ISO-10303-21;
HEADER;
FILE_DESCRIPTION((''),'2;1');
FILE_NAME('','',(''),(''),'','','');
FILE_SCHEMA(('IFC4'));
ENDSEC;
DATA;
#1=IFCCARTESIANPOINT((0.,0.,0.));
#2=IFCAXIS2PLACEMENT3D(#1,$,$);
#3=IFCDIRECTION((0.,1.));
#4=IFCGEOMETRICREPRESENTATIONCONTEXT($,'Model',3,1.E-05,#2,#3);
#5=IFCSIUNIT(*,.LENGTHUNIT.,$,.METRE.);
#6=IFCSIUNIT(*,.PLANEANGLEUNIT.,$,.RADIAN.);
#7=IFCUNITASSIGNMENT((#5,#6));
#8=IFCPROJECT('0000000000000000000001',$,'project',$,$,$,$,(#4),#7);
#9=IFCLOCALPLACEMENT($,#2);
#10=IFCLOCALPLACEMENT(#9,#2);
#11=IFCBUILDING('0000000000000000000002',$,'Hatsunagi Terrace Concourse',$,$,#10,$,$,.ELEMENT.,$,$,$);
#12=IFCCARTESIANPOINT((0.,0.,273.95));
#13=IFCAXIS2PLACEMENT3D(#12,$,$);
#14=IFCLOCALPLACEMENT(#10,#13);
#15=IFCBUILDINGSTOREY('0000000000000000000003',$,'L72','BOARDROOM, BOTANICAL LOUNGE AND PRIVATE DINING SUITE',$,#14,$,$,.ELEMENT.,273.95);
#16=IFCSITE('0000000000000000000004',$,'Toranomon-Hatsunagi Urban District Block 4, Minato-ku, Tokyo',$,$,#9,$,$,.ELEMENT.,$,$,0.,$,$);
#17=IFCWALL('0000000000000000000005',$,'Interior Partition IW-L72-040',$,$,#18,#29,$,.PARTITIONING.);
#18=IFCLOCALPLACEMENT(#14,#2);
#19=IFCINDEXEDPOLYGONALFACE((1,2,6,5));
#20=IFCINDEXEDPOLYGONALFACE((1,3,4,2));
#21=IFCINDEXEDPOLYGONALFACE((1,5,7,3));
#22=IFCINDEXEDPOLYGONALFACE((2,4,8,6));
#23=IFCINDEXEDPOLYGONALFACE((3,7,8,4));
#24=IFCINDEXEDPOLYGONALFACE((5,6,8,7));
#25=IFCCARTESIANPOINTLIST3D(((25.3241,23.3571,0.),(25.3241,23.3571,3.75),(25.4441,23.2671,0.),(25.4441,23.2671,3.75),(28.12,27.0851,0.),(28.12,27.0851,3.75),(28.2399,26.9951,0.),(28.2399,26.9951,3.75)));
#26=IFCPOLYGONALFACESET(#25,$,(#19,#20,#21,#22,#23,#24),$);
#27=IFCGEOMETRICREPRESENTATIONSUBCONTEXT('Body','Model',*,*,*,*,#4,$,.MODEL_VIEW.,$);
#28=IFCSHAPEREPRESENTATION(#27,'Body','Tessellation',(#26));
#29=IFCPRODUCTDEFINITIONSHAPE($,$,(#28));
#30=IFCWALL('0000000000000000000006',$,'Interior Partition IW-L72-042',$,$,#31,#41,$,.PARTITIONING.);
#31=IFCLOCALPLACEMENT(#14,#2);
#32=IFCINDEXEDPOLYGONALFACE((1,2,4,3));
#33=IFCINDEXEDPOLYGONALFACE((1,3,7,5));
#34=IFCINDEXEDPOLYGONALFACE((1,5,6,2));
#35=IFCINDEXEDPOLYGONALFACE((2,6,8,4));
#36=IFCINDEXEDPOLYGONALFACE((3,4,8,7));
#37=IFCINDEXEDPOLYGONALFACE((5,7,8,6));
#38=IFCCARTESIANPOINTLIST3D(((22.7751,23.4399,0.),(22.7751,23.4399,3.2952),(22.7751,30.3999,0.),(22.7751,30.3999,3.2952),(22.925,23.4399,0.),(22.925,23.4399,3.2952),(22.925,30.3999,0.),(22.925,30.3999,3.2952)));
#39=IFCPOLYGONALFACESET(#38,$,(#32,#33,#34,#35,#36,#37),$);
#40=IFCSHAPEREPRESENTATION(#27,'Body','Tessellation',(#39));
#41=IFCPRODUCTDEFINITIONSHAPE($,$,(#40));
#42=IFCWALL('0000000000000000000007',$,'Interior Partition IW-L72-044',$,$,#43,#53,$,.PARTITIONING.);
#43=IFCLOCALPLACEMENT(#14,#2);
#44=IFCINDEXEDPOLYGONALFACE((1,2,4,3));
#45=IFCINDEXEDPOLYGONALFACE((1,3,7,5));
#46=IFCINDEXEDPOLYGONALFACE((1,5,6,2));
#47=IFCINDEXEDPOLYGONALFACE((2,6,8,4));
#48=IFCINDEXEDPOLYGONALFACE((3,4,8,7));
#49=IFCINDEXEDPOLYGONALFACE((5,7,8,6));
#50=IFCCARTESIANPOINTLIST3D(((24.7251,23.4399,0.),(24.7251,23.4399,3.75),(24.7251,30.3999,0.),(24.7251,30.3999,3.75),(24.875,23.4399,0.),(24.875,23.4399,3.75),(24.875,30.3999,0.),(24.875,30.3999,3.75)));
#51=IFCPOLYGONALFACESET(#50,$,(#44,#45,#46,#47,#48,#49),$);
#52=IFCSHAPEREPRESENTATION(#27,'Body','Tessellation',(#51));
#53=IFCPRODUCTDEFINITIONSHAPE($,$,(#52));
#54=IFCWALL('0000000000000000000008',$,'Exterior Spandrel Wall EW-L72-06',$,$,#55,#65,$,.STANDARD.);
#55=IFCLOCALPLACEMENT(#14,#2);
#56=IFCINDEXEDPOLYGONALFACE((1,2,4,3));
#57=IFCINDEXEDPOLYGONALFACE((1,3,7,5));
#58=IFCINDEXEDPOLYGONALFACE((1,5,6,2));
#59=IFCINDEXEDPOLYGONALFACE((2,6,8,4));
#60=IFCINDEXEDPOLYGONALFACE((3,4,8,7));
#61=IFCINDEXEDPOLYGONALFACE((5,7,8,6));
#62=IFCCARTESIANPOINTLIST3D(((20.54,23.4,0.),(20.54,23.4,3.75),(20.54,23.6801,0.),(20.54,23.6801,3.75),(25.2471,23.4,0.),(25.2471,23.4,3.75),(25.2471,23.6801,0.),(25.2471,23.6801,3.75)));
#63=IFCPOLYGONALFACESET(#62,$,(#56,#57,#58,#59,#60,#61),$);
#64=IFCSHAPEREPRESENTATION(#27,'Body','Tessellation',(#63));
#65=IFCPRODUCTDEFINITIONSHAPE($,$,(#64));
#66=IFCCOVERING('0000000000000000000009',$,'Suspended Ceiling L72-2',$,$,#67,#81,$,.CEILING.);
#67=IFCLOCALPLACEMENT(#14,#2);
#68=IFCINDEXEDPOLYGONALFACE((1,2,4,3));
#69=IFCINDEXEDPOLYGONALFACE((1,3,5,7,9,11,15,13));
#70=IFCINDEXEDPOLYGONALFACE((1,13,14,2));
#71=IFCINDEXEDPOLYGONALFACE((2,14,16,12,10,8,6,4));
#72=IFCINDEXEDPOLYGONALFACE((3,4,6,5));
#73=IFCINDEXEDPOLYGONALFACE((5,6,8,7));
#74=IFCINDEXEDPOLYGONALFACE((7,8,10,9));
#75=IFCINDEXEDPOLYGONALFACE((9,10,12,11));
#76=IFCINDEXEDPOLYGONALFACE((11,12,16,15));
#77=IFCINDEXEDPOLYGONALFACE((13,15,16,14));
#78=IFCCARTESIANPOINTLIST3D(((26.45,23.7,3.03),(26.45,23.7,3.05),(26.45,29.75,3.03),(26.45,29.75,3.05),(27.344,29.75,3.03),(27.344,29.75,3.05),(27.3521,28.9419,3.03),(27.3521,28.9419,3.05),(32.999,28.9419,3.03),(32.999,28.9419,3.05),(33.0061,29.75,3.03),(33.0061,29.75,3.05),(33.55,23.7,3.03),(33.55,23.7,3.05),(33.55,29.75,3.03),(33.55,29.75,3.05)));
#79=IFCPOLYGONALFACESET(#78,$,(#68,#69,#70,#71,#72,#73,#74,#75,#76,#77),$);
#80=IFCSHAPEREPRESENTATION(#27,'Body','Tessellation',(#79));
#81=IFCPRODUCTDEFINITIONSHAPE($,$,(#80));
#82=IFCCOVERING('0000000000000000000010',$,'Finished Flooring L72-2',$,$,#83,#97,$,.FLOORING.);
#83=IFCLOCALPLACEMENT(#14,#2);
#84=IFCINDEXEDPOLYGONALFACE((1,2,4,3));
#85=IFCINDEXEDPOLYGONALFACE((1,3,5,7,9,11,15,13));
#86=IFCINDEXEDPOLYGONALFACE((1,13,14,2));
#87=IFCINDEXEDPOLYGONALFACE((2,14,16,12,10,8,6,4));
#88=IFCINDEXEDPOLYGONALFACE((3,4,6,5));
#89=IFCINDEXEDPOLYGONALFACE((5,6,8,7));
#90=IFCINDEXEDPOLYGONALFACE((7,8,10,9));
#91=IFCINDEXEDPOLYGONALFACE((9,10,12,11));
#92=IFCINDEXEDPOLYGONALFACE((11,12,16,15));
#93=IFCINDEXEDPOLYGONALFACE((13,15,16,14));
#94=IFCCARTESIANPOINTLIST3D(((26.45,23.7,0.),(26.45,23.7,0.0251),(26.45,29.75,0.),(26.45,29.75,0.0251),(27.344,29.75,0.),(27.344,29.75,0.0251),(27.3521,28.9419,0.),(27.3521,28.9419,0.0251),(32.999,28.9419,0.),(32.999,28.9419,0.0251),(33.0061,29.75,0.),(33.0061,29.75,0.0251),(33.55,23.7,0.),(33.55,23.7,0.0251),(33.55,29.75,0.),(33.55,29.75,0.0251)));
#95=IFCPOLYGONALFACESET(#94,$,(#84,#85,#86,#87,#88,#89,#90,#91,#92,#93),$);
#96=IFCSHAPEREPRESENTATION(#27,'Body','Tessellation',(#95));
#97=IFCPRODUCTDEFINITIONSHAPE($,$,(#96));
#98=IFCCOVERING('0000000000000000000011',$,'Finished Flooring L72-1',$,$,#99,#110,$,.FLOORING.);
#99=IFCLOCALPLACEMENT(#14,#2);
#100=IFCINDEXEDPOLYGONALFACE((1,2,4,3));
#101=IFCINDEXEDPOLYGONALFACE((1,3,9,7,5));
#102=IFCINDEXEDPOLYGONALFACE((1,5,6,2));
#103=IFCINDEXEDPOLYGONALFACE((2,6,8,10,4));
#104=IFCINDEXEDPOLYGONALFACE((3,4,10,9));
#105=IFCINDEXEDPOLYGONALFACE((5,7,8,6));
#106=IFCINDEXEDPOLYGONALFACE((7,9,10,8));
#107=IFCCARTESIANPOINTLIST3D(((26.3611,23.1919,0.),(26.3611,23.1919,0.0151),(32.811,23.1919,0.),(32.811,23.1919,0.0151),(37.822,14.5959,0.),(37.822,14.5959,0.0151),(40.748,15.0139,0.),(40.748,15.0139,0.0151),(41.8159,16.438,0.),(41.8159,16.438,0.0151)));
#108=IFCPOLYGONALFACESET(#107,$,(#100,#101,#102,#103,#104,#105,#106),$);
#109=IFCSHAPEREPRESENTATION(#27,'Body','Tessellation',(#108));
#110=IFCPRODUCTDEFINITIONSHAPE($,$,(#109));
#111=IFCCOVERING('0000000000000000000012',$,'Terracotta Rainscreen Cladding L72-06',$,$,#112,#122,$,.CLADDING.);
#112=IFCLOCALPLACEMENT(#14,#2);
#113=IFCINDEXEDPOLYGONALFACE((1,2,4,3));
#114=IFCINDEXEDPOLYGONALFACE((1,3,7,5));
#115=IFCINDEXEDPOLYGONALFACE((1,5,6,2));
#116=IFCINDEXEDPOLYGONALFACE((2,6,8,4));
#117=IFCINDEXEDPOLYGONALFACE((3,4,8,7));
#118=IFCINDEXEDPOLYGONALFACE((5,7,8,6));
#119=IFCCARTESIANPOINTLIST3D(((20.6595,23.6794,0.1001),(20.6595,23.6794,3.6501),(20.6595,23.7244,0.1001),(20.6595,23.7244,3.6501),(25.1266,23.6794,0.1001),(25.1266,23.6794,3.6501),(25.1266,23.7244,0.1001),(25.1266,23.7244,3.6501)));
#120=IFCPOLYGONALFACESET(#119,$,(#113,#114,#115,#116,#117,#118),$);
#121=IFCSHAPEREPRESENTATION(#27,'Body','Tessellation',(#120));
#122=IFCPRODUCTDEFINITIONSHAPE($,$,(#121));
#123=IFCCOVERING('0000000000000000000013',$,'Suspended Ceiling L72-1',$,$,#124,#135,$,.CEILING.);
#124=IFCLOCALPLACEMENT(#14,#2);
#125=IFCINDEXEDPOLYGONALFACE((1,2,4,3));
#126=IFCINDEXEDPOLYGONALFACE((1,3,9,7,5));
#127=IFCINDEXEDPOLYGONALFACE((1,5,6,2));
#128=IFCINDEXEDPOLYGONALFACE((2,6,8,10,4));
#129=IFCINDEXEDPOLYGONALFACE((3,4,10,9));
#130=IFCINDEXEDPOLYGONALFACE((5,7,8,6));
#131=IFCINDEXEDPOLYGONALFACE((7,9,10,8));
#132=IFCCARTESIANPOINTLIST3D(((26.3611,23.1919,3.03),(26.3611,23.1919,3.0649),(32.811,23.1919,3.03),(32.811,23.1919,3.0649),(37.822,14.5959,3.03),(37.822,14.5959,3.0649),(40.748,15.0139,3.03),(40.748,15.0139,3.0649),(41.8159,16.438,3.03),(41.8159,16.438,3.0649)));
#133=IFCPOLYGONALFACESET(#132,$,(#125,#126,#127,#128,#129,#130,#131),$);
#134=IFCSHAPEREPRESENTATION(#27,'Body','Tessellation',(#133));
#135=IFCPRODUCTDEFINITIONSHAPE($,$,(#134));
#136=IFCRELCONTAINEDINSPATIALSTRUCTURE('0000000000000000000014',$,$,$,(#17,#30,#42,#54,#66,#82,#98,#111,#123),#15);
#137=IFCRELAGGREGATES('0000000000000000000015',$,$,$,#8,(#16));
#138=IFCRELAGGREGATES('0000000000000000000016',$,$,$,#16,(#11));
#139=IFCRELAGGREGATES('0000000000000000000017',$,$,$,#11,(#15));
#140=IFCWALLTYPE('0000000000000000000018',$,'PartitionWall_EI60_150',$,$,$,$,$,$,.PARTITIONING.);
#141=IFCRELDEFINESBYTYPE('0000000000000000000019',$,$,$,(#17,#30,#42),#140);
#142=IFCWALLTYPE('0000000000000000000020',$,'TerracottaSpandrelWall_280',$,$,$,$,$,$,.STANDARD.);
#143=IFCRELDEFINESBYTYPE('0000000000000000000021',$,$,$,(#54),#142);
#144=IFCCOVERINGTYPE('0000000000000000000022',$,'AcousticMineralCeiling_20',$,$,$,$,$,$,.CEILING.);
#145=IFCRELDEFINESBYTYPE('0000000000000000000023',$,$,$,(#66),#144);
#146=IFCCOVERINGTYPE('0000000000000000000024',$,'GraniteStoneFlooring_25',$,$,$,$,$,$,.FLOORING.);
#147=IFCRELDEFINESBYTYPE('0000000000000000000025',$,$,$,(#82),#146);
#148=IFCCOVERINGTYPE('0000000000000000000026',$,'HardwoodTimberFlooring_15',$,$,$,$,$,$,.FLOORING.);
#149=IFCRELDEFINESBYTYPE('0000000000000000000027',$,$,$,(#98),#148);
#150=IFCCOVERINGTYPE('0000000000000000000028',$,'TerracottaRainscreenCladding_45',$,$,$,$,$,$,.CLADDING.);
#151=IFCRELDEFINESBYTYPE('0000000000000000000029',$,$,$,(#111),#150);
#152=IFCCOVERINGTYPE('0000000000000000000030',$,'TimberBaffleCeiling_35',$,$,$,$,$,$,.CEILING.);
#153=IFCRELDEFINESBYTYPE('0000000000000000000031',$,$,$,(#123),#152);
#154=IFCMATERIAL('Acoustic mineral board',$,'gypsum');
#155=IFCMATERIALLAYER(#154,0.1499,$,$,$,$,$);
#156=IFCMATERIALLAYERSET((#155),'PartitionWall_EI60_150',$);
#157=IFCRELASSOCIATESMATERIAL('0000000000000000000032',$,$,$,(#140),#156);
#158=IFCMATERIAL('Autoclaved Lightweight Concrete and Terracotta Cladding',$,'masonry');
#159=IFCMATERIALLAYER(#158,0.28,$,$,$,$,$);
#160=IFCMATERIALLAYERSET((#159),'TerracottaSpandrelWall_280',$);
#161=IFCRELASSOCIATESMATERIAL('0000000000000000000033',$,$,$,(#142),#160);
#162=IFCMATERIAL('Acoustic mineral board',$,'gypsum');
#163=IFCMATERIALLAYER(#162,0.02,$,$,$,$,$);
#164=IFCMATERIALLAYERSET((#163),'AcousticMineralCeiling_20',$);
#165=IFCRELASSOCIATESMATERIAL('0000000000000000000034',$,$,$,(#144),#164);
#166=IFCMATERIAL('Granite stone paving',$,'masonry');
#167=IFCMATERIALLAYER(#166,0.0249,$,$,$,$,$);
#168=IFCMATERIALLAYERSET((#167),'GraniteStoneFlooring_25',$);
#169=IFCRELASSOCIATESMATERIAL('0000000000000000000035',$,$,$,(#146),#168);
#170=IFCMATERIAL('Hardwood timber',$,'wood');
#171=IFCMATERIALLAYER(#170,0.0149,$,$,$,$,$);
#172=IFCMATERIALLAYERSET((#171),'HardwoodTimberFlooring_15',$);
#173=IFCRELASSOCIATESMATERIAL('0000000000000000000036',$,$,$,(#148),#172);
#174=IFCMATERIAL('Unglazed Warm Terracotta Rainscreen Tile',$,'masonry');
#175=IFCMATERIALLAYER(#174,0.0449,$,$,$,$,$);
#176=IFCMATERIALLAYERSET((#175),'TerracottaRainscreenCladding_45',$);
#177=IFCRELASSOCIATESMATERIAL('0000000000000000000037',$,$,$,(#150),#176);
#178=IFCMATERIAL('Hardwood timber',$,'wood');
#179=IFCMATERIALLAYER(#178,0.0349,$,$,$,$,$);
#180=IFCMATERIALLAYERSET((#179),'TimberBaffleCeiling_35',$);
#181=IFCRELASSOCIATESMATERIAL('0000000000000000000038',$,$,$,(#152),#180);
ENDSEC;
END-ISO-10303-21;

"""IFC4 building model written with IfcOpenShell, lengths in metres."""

from ifc_helpers import new_model, si_unit, direction, frame, frame_2d, origin, origin_2d, place, context, subcontext, project, spatial, polyline, rectangle, outline, extrude, material, layer, layer_set, type_object, element, save


model = new_model("IFC4")

# Units and contexts
model_context = context("Model", 3, precision=1e-05, world=origin(), true_north=direction((0.0, 1.0)))
body_context = subcontext(model_context, "Body", "Model", "MODEL_VIEW")
ifc_project = project(units=[si_unit("LENGTHUNIT", "METRE"), si_unit("PLANEANGLEUNIT", "RADIAN")], contexts=[model_context])

# Site, building, storey
site_placement = place(None, origin())
site = spatial("IfcSite", under=ifc_project, at=site_placement, Name="Toranomon-Hatsunagi Urban District Block 4, Minato-ku, Tokyo", CompositionType="ELEMENT", RefElevation=0.0)
building_placement = place(site_placement, origin())
building = spatial("IfcBuilding", under=site, at=building_placement, Name="Hatsunagi Terrace Concourse", CompositionType="ELEMENT")
storey_placement = place(building_placement, frame((0.0, 0.0, 273.95)))
storey = spatial("IfcBuildingStorey", under=building, at=storey_placement, Name="L72", Description="BOARDROOM, BOTANICAL LOUNGE AND PRIVATE DINING SUITE", CompositionType="ELEMENT", Elevation=273.95)

# Walls
ifc_material_1 = material(Name="Acoustic mineral board", Category="gypsum")
ifc_layer_1 = layer(ifc_material_1, 0.1499)
ifc_layer_set_1 = layer_set([ifc_layer_1], Name="PartitionWall_EI60_150")
wall_type_1 = type_object("IfcWallType", Name="PartitionWall_EI60_150", PredefinedType="PARTITIONING", material=ifc_layer_set_1)
wall_1_placement = place(storey_placement, frame((25.384, 23.312, 0.0), z_axis=(0.0, 0.0, 1.0), x_axis=(0.599983, 0.800013, 0.0)))
element("IfcWall", 1, at=wall_1_placement, inside=storey, type_object=wall_type_1, Name="Interior Partition IW-L72-040", PredefinedType="PARTITIONING", context=body_context, shape_type="SweptSolid", body=[
    extrude(rectangle(XDim=4.6599, YDim=0.1499, at=frame_2d((2.3301, 0.0))), origin(), (0.0, 0.0, 1.0), 3.75),
])
wall_2_placement = place(storey_placement, frame((22.8501, 23.4399, 0.0), z_axis=(0.0, 0.0, 1.0), x_axis=(0.0, 1.0, 0.0)))
element("IfcWall", 2, at=wall_2_placement, inside=storey, type_object=wall_type_1, Name="Interior Partition IW-L72-042", PredefinedType="PARTITIONING", context=body_context, shape_type="SweptSolid", body=[
    extrude(rectangle(XDim=6.96, YDim=0.1499, at=frame_2d((3.48, 0.0))), origin(), (0.0, 0.0, 1.0), 3.2952),
])
wall_3_placement = place(storey_placement, frame((24.8, 23.4399, 0.0), z_axis=(0.0, 0.0, 1.0), x_axis=(0.0, 1.0, 0.0)))
element("IfcWall", 3, at=wall_3_placement, inside=storey, type_object=wall_type_1, Name="Interior Partition IW-L72-044", PredefinedType="PARTITIONING", context=body_context, shape_type="SweptSolid", body=[
    extrude(rectangle(XDim=6.96, YDim=0.1499, at=frame_2d((3.48, 0.0))), origin(), (0.0, 0.0, 1.0), 3.75),
])
ifc_material_2 = material(Name="Autoclaved Lightweight Concrete and Terracotta Cladding", Category="masonry")
ifc_layer_2 = layer(ifc_material_2, 0.28)
ifc_layer_set_2 = layer_set([ifc_layer_2], Name="TerracottaSpandrelWall_280")
wall_type_2 = type_object("IfcWallType", Name="TerracottaSpandrelWall_280", PredefinedType="STANDARD", material=ifc_layer_set_2)
wall_4_placement = place(storey_placement, frame((25.2471, 23.54, 0.0), z_axis=(0.0, 0.0, 1.0), x_axis=(-1.0, 0.0, 0.0)))
element("IfcWall", 4, at=wall_4_placement, inside=storey, type_object=wall_type_2, Name="Exterior Spandrel Wall EW-L72-06", PredefinedType="STANDARD", context=body_context, shape_type="SweptSolid", body=[
    extrude(rectangle(XDim=4.707, YDim=0.28, at=frame_2d((2.3535, 0.0))), origin(), (0.0, 0.0, 1.0), 3.75),
])

# Coverings
ifc_material_3 = material(Name="Acoustic mineral board", Category="gypsum")
ifc_layer_3 = layer(ifc_material_3, 0.02)
ifc_layer_set_3 = layer_set([ifc_layer_3], Name="AcousticMineralCeiling_20")
covering_type_1 = type_object("IfcCoveringType", Name="AcousticMineralCeiling_20", PredefinedType="CEILING", material=ifc_layer_set_3)
covering_1_placement = place(storey_placement, frame((0.0, 0.0, 3.03)))
element("IfcCovering", 5, at=covering_1_placement, inside=storey, type_object=covering_type_1, Name="Suspended Ceiling L72-2", PredefinedType="CEILING", context=body_context, shape_type="SweptSolid", body=[
    extrude(outline(polyline([(33.55, 29.75), (33.0061, 29.75), (32.999, 28.9419), (27.3521, 28.9419), (27.344, 29.75), (26.45, 29.75), (26.45, 23.7), (33.55, 23.7), (33.55, 29.75)])), origin(), (0.0, 0.0, 1.0), 0.02),
])
ifc_material_4 = material(Name="Granite stone paving", Category="masonry")
ifc_layer_4 = layer(ifc_material_4, 0.0249)
ifc_layer_set_4 = layer_set([ifc_layer_4], Name="GraniteStoneFlooring_25")
covering_type_2 = type_object("IfcCoveringType", Name="GraniteStoneFlooring_25", PredefinedType="FLOORING", material=ifc_layer_set_4)
covering_2_placement = place(storey_placement, origin())
element("IfcCovering", 6, at=covering_2_placement, inside=storey, type_object=covering_type_2, Name="Finished Flooring L72-2", PredefinedType="FLOORING", context=body_context, shape_type="SweptSolid", body=[
    extrude(outline(polyline([(33.55, 29.75), (33.0061, 29.75), (32.999, 28.9419), (27.3521, 28.9419), (27.344, 29.75), (26.45, 29.75), (26.45, 23.7), (33.55, 23.7), (33.55, 29.75)])), origin(), (0.0, 0.0, 1.0), 0.0251),
])
ifc_material_5 = material(Name="Hardwood timber", Category="wood")
ifc_layer_5 = layer(ifc_material_5, 0.0149)
ifc_layer_set_5 = layer_set([ifc_layer_5], Name="HardwoodTimberFlooring_15")
covering_type_3 = type_object("IfcCoveringType", Name="HardwoodTimberFlooring_15", PredefinedType="FLOORING", material=ifc_layer_set_5)
covering_3_placement = place(storey_placement, origin())
element("IfcCovering", 7, at=covering_3_placement, inside=storey, type_object=covering_type_3, Name="Finished Flooring L72-1", PredefinedType="FLOORING", context=body_context, shape_type="SweptSolid", body=[
    extrude(outline(polyline([(26.3611, 23.1919), (37.822, 14.5959), (40.748, 15.0139), (41.8159, 16.438), (32.811, 23.1919), (26.3611, 23.1919)])), origin(), (0.0, 0.0, 1.0), 0.0151),
])
ifc_material_6 = material(Name="Unglazed Warm Terracotta Rainscreen Tile", Category="masonry")
ifc_layer_6 = layer(ifc_material_6, 0.0449)
ifc_layer_set_6 = layer_set([ifc_layer_6], Name="TerracottaRainscreenCladding_45")
covering_type_4 = type_object("IfcCoveringType", Name="TerracottaRainscreenCladding_45", PredefinedType="CLADDING", material=ifc_layer_set_6)
covering_4_placement = place(storey_placement, frame((22.8931, 23.7019, 0.1001), z_axis=(0.0, 0.0, 1.0), x_axis=(-1.0, 0.0, 0.0)))
element("IfcCovering", 8, at=covering_4_placement, inside=storey, type_object=covering_type_4, Name="Terracotta Rainscreen Cladding L72-06", PredefinedType="CLADDING", context=body_context, shape_type="SweptSolid", body=[
    extrude(rectangle(XDim=4.467, YDim=0.0449, at=origin_2d()), origin(), (0.0, 0.0, 1.0), 3.55),
])
ifc_material_7 = material(Name="Hardwood timber", Category="wood")
ifc_layer_7 = layer(ifc_material_7, 0.0349)
ifc_layer_set_7 = layer_set([ifc_layer_7], Name="TimberBaffleCeiling_35")
covering_type_5 = type_object("IfcCoveringType", Name="TimberBaffleCeiling_35", PredefinedType="CEILING", material=ifc_layer_set_7)
covering_5_placement = place(storey_placement, frame((0.0, 0.0, 3.03)))
element("IfcCovering", 9, at=covering_5_placement, inside=storey, type_object=covering_type_5, Name="Suspended Ceiling L72-1", PredefinedType="CEILING", context=body_context, shape_type="SweptSolid", body=[
    extrude(outline(polyline([(26.3611, 23.1919), (37.822, 14.5959), (40.748, 15.0139), (41.8159, 16.438), (32.811, 23.1919), (26.3611, 23.1919)])), origin(), (0.0, 0.0, 1.0), 0.0349),
])

save(model, "model.ifc")
